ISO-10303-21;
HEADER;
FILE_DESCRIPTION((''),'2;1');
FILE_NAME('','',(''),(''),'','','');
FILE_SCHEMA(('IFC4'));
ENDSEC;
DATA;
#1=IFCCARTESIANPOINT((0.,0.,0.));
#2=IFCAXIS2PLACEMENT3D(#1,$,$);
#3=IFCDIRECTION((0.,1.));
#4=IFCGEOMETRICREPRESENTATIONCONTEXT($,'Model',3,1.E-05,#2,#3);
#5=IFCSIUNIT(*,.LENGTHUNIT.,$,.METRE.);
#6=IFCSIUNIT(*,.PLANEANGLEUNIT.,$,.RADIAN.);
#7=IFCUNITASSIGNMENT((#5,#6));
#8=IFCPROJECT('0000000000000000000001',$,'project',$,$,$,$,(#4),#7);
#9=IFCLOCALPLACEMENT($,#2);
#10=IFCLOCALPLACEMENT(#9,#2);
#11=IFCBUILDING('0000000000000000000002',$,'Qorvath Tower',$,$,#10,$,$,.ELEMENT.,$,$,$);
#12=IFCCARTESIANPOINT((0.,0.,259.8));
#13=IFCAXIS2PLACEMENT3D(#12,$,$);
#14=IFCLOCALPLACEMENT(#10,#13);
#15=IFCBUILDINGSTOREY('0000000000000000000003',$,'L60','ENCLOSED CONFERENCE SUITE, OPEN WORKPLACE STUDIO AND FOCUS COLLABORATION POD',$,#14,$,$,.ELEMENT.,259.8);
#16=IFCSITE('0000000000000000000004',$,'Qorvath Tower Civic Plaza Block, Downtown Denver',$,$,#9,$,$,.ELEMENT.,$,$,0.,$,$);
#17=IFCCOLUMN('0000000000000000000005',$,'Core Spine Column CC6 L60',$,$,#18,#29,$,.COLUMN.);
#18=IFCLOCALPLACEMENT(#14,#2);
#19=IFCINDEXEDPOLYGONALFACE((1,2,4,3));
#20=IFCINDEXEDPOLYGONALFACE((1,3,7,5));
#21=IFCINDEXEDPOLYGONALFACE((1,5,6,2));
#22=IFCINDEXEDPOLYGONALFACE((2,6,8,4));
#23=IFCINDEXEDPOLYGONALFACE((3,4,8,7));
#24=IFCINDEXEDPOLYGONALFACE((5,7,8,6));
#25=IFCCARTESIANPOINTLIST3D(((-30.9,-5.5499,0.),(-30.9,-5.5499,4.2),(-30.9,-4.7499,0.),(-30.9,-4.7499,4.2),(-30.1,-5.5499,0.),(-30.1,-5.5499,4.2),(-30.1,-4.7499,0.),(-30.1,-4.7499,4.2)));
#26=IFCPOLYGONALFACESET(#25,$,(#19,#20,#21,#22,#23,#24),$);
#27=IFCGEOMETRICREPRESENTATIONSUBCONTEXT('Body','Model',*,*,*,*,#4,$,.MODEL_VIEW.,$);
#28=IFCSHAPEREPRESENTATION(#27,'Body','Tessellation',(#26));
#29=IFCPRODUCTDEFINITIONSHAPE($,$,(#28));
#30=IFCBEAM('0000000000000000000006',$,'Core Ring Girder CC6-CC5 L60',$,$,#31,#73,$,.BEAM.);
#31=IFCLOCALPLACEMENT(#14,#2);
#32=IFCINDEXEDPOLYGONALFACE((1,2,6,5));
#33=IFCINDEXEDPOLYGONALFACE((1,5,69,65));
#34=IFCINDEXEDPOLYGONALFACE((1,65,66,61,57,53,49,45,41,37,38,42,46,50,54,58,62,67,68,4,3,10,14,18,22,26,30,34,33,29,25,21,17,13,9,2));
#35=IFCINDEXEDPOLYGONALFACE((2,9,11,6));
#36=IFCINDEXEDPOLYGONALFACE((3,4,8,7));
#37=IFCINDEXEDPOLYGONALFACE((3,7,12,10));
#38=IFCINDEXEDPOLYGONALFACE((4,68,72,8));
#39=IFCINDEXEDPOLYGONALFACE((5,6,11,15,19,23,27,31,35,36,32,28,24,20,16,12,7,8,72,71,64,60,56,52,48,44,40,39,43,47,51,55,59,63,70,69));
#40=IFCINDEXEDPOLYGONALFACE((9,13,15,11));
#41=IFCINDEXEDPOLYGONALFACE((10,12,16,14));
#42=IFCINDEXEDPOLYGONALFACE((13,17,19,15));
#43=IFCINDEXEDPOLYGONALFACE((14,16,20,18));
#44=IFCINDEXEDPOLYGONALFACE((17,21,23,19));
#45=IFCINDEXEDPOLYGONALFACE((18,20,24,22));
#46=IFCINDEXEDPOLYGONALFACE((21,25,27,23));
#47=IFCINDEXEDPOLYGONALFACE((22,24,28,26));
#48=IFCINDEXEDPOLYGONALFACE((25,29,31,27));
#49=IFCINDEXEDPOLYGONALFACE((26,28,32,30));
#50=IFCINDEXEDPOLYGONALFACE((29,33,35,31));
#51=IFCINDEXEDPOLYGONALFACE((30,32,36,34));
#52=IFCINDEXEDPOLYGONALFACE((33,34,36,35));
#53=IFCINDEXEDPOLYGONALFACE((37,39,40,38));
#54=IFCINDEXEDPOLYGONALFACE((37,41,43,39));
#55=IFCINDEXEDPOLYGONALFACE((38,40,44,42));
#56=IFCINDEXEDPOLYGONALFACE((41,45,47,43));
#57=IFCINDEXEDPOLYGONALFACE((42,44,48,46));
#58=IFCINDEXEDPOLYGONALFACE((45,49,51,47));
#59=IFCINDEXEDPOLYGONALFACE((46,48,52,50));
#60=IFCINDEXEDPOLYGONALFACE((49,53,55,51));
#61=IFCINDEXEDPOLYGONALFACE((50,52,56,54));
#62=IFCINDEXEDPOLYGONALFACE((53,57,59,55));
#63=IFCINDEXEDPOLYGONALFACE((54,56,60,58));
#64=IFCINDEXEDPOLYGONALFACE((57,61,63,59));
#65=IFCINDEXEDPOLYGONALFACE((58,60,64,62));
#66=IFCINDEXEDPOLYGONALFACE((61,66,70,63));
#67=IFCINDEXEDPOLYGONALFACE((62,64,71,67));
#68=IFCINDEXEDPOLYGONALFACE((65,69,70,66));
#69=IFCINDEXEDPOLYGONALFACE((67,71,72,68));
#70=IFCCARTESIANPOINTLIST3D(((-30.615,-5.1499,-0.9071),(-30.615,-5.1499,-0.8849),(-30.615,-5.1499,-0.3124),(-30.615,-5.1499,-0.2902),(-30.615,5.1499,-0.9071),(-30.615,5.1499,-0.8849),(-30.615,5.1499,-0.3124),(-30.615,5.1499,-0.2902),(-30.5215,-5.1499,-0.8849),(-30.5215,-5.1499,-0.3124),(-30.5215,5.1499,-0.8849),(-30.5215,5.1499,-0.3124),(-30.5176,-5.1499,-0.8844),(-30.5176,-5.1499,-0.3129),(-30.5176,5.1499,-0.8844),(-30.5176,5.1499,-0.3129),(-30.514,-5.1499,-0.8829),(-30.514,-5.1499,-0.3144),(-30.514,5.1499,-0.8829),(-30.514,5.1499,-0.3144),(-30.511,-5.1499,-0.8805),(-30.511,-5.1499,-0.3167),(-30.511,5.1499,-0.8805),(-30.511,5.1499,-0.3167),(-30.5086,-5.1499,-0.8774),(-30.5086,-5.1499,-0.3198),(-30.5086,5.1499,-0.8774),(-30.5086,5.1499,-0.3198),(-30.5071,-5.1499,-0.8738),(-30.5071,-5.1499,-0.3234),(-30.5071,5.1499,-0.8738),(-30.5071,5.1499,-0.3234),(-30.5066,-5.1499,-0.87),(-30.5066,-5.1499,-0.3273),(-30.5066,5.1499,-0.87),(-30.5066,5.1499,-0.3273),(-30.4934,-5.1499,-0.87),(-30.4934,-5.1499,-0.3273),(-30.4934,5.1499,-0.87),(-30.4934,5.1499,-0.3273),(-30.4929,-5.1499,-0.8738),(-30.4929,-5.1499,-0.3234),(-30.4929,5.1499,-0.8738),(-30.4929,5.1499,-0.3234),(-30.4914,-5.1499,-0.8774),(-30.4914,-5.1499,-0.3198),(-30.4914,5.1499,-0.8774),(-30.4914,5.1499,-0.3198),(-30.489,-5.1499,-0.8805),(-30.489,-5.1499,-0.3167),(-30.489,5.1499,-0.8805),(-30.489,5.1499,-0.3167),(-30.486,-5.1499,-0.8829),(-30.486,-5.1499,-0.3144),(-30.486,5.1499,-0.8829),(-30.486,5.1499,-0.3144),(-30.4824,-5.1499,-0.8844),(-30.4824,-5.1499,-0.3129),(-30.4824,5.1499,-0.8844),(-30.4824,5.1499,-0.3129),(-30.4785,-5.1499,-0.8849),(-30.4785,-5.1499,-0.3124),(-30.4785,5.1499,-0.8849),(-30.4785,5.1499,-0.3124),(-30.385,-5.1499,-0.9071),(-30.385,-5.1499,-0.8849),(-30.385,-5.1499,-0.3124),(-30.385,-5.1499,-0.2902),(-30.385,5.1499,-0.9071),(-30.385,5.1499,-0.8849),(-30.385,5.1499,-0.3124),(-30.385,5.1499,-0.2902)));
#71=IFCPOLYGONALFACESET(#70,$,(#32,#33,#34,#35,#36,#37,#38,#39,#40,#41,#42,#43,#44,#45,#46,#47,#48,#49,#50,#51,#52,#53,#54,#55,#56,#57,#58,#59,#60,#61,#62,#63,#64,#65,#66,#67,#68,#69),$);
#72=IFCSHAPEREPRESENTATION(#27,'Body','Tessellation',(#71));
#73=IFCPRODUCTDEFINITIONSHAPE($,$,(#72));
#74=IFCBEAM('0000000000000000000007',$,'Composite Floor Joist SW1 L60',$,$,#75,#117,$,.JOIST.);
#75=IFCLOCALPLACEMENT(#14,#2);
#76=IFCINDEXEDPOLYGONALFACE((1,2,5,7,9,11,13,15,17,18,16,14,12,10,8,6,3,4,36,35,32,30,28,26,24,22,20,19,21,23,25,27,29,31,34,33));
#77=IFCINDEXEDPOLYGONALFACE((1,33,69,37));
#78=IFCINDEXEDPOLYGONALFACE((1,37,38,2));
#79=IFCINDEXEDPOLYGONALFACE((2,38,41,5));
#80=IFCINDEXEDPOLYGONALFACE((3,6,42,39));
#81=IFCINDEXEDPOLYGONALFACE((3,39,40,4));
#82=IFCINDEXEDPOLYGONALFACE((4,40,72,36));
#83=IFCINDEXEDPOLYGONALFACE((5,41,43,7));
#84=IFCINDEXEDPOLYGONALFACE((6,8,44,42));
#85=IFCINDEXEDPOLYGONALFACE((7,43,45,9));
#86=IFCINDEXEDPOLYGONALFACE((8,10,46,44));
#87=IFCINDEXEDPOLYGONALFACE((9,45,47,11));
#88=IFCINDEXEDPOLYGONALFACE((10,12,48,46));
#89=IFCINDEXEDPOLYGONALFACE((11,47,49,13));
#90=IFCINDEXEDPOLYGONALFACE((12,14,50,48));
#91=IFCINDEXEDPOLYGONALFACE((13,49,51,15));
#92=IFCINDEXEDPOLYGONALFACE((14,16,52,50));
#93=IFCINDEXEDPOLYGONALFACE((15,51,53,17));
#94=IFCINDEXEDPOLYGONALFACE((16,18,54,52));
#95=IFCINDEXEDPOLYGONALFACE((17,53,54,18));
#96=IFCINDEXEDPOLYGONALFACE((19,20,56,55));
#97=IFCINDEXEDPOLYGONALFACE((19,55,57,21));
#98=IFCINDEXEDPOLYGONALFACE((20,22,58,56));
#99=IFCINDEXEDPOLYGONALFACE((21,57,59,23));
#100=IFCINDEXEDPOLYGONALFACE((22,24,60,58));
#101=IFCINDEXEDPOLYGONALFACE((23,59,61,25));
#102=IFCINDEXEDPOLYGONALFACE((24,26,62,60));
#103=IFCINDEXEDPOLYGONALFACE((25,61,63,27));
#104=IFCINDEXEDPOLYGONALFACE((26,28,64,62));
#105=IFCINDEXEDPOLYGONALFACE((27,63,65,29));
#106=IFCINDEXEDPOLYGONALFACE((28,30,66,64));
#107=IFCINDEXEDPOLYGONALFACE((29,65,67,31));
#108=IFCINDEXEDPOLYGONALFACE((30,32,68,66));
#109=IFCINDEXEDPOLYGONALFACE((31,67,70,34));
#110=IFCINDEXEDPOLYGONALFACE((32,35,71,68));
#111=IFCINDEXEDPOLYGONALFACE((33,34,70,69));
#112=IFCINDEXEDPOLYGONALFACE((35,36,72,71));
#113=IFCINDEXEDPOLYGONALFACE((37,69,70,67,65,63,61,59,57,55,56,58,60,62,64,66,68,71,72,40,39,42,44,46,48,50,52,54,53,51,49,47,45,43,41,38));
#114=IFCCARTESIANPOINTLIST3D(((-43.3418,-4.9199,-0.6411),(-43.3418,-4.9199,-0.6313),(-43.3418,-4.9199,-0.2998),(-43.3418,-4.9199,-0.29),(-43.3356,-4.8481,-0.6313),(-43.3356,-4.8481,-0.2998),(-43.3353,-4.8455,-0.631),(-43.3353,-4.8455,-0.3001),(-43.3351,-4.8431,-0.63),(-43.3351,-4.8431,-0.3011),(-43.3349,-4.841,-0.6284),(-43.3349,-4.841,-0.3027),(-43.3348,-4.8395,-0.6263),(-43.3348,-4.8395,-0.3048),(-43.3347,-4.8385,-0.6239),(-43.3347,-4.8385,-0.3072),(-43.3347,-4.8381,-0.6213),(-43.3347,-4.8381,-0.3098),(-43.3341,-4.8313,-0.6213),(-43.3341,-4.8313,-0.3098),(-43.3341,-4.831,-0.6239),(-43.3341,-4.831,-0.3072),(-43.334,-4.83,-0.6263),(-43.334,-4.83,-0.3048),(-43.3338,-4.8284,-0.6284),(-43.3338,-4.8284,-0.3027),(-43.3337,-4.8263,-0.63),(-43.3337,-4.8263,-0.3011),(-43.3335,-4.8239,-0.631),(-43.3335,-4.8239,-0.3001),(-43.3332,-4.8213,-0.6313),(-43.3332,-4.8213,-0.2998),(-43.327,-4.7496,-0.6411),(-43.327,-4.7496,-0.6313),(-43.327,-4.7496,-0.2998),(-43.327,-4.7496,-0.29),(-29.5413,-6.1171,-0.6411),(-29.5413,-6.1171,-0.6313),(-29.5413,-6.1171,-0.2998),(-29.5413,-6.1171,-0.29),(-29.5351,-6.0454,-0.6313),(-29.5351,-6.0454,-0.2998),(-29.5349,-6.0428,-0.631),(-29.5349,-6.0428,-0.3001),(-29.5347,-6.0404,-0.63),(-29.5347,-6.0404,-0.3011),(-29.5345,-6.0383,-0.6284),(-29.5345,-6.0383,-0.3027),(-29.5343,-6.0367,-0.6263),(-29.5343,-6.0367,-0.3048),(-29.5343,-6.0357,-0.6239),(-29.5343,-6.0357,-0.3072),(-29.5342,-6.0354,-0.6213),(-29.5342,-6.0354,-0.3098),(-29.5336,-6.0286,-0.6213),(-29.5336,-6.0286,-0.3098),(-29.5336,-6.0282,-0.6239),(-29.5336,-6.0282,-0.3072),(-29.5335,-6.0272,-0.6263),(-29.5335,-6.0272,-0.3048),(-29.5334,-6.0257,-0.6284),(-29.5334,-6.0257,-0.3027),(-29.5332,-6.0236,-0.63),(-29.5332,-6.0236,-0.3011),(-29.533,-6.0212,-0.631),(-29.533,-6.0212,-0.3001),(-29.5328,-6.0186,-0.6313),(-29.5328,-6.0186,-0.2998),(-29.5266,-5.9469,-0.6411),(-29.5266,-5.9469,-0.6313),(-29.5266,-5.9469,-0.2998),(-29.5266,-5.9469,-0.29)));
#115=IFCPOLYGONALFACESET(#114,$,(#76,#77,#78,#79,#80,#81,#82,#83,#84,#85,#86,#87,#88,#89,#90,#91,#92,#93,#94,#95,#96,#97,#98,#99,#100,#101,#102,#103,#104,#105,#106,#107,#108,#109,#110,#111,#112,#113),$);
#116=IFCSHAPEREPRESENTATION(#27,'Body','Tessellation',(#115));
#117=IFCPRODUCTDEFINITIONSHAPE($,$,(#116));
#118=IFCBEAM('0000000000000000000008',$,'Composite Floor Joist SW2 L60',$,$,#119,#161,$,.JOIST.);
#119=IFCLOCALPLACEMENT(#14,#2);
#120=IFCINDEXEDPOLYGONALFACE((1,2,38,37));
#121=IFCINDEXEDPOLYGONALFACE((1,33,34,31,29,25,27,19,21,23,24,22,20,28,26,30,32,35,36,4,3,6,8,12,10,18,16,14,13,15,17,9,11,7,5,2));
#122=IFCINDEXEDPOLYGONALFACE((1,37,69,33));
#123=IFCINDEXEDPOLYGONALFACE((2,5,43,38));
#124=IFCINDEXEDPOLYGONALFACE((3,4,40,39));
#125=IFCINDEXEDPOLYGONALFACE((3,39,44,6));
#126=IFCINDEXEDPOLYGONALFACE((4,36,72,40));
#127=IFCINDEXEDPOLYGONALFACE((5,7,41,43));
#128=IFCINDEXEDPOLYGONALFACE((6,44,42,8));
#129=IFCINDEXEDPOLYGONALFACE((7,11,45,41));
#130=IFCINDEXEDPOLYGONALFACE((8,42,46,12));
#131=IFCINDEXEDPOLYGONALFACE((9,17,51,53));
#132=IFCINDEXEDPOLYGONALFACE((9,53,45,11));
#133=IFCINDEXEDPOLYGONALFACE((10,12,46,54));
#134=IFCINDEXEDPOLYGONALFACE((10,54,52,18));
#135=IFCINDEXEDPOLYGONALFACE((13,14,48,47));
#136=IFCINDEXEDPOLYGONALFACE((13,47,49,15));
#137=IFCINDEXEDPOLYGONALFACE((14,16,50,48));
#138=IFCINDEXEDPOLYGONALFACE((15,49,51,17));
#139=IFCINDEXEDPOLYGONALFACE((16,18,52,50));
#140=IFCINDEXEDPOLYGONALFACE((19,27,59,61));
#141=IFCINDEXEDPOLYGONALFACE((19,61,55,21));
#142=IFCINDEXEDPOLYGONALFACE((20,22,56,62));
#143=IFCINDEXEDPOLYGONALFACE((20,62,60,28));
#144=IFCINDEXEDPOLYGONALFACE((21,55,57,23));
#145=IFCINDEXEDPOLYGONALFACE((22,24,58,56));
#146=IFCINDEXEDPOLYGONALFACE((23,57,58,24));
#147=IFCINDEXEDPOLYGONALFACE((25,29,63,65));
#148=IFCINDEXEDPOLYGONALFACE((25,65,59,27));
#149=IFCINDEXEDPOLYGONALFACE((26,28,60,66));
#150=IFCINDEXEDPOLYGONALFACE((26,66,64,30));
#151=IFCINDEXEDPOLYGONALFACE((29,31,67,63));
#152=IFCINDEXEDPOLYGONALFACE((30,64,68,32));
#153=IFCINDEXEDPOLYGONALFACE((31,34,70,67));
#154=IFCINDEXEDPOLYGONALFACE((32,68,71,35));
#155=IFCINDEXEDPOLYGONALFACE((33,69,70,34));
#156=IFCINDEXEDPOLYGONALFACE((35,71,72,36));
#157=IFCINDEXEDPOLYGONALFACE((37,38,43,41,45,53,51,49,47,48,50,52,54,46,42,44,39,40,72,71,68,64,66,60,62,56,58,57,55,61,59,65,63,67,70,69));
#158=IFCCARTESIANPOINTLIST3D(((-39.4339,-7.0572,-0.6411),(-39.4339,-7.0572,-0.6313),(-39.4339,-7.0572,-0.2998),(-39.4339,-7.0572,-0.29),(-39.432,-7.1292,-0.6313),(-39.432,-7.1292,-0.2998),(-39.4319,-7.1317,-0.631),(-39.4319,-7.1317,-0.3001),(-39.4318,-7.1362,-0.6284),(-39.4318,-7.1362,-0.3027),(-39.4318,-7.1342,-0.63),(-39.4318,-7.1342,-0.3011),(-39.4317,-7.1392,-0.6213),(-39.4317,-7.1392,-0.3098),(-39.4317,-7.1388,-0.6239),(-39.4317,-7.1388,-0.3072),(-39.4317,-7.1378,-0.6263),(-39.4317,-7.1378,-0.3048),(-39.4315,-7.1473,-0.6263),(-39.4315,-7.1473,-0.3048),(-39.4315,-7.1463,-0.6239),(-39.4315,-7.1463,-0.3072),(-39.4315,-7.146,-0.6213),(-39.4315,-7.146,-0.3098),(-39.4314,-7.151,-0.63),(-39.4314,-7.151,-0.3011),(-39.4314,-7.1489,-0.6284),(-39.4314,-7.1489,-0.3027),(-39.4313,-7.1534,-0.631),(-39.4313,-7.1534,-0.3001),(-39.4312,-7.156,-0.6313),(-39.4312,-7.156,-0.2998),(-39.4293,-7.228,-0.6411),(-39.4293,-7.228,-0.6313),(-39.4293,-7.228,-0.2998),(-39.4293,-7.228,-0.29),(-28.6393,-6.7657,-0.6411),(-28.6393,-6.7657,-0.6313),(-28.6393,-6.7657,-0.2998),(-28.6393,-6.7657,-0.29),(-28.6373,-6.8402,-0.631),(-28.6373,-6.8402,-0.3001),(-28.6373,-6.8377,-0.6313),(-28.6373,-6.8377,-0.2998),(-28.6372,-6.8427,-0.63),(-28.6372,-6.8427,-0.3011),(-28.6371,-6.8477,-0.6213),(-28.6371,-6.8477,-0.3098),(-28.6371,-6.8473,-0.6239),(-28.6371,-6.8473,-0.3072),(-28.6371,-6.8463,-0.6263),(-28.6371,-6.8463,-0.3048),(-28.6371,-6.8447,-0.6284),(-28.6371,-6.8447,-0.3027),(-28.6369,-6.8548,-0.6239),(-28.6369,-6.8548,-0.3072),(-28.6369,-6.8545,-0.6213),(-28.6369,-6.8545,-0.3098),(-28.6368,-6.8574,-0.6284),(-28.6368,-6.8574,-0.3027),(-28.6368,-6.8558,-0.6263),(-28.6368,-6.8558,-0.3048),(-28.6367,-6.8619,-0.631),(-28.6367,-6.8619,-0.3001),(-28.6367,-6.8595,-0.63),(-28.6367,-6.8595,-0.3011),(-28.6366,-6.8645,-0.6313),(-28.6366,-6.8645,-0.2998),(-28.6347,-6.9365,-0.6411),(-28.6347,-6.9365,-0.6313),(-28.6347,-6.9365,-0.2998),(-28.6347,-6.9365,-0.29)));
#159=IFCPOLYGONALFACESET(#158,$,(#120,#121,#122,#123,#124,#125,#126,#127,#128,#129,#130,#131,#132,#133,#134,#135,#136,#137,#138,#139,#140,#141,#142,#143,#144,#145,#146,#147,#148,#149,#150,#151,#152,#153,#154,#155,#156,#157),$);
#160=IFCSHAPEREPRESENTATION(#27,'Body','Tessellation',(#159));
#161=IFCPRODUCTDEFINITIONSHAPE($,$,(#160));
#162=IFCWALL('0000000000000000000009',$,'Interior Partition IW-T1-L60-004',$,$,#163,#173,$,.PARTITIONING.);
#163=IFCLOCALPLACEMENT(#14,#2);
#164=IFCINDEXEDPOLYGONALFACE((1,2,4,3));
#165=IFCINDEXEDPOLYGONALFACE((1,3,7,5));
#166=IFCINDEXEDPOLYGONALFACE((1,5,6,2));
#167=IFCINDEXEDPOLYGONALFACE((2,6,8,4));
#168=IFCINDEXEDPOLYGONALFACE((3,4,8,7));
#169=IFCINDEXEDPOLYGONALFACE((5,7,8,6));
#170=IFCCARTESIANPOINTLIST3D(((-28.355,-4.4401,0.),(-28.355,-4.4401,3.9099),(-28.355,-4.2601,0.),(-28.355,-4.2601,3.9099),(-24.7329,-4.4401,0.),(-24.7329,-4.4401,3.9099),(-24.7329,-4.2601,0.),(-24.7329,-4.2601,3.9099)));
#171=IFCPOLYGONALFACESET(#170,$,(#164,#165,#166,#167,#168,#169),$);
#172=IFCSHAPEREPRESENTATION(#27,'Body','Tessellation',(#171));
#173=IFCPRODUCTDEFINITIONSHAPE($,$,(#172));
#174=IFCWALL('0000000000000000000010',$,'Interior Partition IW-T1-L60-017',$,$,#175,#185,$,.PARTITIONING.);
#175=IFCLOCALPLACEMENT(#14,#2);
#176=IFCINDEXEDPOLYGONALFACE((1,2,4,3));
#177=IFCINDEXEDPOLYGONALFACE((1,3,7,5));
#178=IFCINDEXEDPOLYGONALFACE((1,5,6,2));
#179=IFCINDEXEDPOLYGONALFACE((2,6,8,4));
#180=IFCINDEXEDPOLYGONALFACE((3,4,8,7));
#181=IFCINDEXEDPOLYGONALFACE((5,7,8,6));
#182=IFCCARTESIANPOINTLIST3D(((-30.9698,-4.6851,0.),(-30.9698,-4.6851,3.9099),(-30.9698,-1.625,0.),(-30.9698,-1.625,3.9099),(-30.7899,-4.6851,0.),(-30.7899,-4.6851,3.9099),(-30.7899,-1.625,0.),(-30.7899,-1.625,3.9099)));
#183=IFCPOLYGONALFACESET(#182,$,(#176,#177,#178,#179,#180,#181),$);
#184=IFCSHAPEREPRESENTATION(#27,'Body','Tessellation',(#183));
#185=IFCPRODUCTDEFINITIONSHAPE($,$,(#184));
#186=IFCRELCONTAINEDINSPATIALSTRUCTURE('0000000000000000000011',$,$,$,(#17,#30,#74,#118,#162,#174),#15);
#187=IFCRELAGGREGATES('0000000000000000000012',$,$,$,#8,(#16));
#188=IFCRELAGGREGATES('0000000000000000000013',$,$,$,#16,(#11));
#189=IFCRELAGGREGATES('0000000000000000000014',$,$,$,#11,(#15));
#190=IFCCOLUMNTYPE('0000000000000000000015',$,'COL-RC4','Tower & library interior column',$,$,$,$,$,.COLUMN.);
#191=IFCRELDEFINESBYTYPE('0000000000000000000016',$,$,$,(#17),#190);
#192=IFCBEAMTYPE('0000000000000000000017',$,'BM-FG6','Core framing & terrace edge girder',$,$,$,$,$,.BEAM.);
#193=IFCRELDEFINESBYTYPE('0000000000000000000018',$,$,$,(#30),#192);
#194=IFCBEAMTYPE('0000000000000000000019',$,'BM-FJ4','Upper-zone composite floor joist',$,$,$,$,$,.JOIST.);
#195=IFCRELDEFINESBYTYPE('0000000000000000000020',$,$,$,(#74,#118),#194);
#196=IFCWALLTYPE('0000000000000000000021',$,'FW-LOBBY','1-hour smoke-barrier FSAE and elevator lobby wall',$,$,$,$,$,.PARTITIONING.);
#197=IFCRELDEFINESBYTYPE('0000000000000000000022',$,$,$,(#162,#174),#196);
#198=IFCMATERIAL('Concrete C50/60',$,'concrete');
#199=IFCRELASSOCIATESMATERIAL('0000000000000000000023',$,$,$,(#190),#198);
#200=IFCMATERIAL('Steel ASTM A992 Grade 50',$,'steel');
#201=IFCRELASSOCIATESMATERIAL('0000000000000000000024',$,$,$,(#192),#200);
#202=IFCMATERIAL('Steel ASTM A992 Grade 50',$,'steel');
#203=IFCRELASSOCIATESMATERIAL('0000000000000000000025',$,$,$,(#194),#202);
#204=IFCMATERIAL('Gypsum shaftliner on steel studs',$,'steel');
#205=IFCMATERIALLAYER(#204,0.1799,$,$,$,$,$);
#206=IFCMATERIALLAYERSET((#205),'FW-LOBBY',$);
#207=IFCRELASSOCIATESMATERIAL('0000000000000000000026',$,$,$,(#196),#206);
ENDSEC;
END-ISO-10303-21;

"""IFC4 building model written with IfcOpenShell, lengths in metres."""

from ifc_helpers import new_model, si_unit, direction, frame, frame_2d, origin, origin_2d, place, context, subcontext, project, spatial, rectangle, i_section, extrude, material, layer, layer_set, material_profile, profile_set, type_object, element, save


model = new_model("IFC4")

# Units and contexts
model_context = context("Model", 3, precision=1e-05, world=origin(), true_north=direction((0.0, 1.0)))
body_context = subcontext(model_context, "Body", "Model", "MODEL_VIEW")
ifc_project = project(units=[si_unit("LENGTHUNIT", "METRE"), si_unit("PLANEANGLEUNIT", "RADIAN")], contexts=[model_context])

# Site, building, storey
site_placement = place(None, origin())
site = spatial("IfcSite", under=ifc_project, at=site_placement, Name="Qorvath Tower Civic Plaza Block, Downtown Denver", CompositionType="ELEMENT", RefElevation=0.0)
building_placement = place(site_placement, origin())
building = spatial("IfcBuilding", under=site, at=building_placement, Name="Qorvath Tower", CompositionType="ELEMENT")
storey_placement = place(building_placement, frame((0.0, 0.0, 259.8)))
storey = spatial("IfcBuildingStorey", under=building, at=storey_placement, Name="L60", Description="ENCLOSED CONFERENCE SUITE, OPEN WORKPLACE STUDIO AND FOCUS COLLABORATION POD", CompositionType="ELEMENT", Elevation=259.8)

# Column
ifc_material_1 = material(Name="Concrete C50/60", Category="concrete")
ifc_material_profile_1 = material_profile(ifc_material_1, rectangle(XDim=0.8, YDim=0.8, at=origin_2d()), Name="RC 800x800")
ifc_profile_set_1 = profile_set([ifc_material_profile_1], Name="Concrete C50/60")
column_type = type_object("IfcColumnType", Name="COL-RC4", Description="Tower & library interior column", PredefinedType="COLUMN", material=ifc_profile_set_1)
column_placement = place(storey_placement, frame((-30.5, -5.1499, 0.0), z_axis=(0.0, 0.0, 1.0), x_axis=(1.0, 0.0, 0.0)))
element("IfcColumn", 1, at=column_placement, inside=storey, type_object=column_type, Name="Core Spine Column CC6 L60", PredefinedType="COLUMN", context=body_context, shape_type="SweptSolid", body=[
    extrude(rectangle(XDim=0.8, YDim=0.8, at=origin_2d()), origin(), (0.0, 0.0, 1.0), 4.2),
])

# Beams
ifc_material_2 = material(Name="Steel ASTM A992 Grade 50", Category="steel")
ifc_material_profile_2 = material_profile(ifc_material_2, i_section(OverallWidth=0.23, OverallDepth=0.6169, WebThickness=0.0132, FlangeThickness=0.0222, FilletRadius=0.0149, at=origin_2d()), Name="W24x94")
ifc_profile_set_2 = profile_set([ifc_material_profile_2], Name="Steel ASTM A992 Grade 50")
beam_type_1 = type_object("IfcBeamType", Name="BM-FG6", Description="Core framing & terrace edge girder", PredefinedType="BEAM", material=ifc_profile_set_2)
beam_1_placement = place(storey_placement, frame((-30.5, -5.1499, -0.5986), z_axis=(0.0, 1.0, 0.0), x_axis=(-1.0, 0.0, 0.0)))
element("IfcBeam", 2, at=beam_1_placement, inside=storey, type_object=beam_type_1, Name="Core Ring Girder CC6-CC5 L60", PredefinedType="BEAM", context=body_context, shape_type="SweptSolid", body=[
    extrude(i_section(OverallWidth=0.23, OverallDepth=0.6169, WebThickness=0.0132, FlangeThickness=0.0222, FilletRadius=0.0149, at=origin_2d()), origin(), (0.0, 0.0, 1.0), 10.2998),
])
ifc_material_3 = material(Name="Steel ASTM A992 Grade 50", Category="steel")
ifc_material_profile_3 = material_profile(ifc_material_3, i_section(OverallWidth=0.1709, OverallDepth=0.3511, WebThickness=0.0068, FlangeThickness=0.0098, FilletRadius=0.01, at=origin_2d()), Name="W14x30")
ifc_profile_set_3 = profile_set([ifc_material_profile_3], Name="Steel ASTM A992 Grade 50")
beam_type_2 = type_object("IfcBeamType", Name="BM-FJ4", Description="Upper-zone composite floor joist", PredefinedType="JOIST", material=ifc_profile_set_3)
beam_2_placement = place(storey_placement, frame((-29.5339, -6.032, -0.4656), z_axis=(-0.996258, 0.08643, 0.0), x_axis=(-0.08643, -0.996258, 0.0)))
element("IfcBeam", 3, at=beam_2_placement, inside=storey, type_object=beam_type_2, Name="Composite Floor Joist SW1 L60", PredefinedType="JOIST", context=body_context, shape_type="SweptSolid", body=[
    extrude(i_section(OverallWidth=0.1709, OverallDepth=0.3511, WebThickness=0.0068, FlangeThickness=0.0098, FilletRadius=0.01, at=origin_2d()), origin(), (0.0, 0.0, 1.0), 13.8523),
])
beam_3_placement = place(storey_placement, frame((-28.637, -6.8511, -0.4656), z_axis=(-0.999636, -0.026995, 0.0), x_axis=(0.026995, -0.999636, 0.0)))
element("IfcBeam", 4, at=beam_3_placement, inside=storey, type_object=beam_type_2, Name="Composite Floor Joist SW2 L60", PredefinedType="JOIST", context=body_context, shape_type="SweptSolid", body=[
    extrude(i_section(OverallWidth=0.1709, OverallDepth=0.3511, WebThickness=0.0068, FlangeThickness=0.0098, FilletRadius=0.01, at=origin_2d()), origin(), (0.0, 0.0, 1.0), 10.7986),
])

# Walls
ifc_material_4 = material(Name="Gypsum shaftliner on steel studs", Category="steel")
ifc_layer_1 = layer(ifc_material_4, 0.1799)
ifc_layer_set_1 = layer_set([ifc_layer_1], Name="FW-LOBBY")
wall_type_1 = type_object("IfcWallType", Name="FW-LOBBY", Description="1-hour smoke-barrier FSAE and elevator lobby wall", PredefinedType="PARTITIONING", material=ifc_layer_set_1)
wall_1_placement = place(storey_placement, frame((-24.7329, -4.3501, 0.0), z_axis=(0.0, 0.0, 1.0), x_axis=(-1.0, 0.0, 0.0)))
element("IfcWall", 5, at=wall_1_placement, inside=storey, type_object=wall_type_1, Name="Interior Partition IW-T1-L60-004", PredefinedType="PARTITIONING", context=body_context, shape_type="SweptSolid", body=[
    extrude(rectangle(XDim=3.6221, YDim=0.1799, at=frame_2d((1.811, 0.0))), origin(), (0.0, 0.0, 1.0), 3.9099),
])
wall_2_placement = place(storey_placement, frame((-30.8799, -4.6851, 0.0), z_axis=(0.0, 0.0, 1.0), x_axis=(0.0, 1.0, 0.0)))
element("IfcWall", 6, at=wall_2_placement, inside=storey, type_object=wall_type_1, Name="Interior Partition IW-T1-L60-017", PredefinedType="PARTITIONING", context=body_context, shape_type="SweptSolid", body=[
    extrude(rectangle(XDim=3.0601, YDim=0.1799, at=frame_2d((1.53, 0.0))), origin(), (0.0, 0.0, 1.0), 3.9099),
])

save(model, "model.ifc")
